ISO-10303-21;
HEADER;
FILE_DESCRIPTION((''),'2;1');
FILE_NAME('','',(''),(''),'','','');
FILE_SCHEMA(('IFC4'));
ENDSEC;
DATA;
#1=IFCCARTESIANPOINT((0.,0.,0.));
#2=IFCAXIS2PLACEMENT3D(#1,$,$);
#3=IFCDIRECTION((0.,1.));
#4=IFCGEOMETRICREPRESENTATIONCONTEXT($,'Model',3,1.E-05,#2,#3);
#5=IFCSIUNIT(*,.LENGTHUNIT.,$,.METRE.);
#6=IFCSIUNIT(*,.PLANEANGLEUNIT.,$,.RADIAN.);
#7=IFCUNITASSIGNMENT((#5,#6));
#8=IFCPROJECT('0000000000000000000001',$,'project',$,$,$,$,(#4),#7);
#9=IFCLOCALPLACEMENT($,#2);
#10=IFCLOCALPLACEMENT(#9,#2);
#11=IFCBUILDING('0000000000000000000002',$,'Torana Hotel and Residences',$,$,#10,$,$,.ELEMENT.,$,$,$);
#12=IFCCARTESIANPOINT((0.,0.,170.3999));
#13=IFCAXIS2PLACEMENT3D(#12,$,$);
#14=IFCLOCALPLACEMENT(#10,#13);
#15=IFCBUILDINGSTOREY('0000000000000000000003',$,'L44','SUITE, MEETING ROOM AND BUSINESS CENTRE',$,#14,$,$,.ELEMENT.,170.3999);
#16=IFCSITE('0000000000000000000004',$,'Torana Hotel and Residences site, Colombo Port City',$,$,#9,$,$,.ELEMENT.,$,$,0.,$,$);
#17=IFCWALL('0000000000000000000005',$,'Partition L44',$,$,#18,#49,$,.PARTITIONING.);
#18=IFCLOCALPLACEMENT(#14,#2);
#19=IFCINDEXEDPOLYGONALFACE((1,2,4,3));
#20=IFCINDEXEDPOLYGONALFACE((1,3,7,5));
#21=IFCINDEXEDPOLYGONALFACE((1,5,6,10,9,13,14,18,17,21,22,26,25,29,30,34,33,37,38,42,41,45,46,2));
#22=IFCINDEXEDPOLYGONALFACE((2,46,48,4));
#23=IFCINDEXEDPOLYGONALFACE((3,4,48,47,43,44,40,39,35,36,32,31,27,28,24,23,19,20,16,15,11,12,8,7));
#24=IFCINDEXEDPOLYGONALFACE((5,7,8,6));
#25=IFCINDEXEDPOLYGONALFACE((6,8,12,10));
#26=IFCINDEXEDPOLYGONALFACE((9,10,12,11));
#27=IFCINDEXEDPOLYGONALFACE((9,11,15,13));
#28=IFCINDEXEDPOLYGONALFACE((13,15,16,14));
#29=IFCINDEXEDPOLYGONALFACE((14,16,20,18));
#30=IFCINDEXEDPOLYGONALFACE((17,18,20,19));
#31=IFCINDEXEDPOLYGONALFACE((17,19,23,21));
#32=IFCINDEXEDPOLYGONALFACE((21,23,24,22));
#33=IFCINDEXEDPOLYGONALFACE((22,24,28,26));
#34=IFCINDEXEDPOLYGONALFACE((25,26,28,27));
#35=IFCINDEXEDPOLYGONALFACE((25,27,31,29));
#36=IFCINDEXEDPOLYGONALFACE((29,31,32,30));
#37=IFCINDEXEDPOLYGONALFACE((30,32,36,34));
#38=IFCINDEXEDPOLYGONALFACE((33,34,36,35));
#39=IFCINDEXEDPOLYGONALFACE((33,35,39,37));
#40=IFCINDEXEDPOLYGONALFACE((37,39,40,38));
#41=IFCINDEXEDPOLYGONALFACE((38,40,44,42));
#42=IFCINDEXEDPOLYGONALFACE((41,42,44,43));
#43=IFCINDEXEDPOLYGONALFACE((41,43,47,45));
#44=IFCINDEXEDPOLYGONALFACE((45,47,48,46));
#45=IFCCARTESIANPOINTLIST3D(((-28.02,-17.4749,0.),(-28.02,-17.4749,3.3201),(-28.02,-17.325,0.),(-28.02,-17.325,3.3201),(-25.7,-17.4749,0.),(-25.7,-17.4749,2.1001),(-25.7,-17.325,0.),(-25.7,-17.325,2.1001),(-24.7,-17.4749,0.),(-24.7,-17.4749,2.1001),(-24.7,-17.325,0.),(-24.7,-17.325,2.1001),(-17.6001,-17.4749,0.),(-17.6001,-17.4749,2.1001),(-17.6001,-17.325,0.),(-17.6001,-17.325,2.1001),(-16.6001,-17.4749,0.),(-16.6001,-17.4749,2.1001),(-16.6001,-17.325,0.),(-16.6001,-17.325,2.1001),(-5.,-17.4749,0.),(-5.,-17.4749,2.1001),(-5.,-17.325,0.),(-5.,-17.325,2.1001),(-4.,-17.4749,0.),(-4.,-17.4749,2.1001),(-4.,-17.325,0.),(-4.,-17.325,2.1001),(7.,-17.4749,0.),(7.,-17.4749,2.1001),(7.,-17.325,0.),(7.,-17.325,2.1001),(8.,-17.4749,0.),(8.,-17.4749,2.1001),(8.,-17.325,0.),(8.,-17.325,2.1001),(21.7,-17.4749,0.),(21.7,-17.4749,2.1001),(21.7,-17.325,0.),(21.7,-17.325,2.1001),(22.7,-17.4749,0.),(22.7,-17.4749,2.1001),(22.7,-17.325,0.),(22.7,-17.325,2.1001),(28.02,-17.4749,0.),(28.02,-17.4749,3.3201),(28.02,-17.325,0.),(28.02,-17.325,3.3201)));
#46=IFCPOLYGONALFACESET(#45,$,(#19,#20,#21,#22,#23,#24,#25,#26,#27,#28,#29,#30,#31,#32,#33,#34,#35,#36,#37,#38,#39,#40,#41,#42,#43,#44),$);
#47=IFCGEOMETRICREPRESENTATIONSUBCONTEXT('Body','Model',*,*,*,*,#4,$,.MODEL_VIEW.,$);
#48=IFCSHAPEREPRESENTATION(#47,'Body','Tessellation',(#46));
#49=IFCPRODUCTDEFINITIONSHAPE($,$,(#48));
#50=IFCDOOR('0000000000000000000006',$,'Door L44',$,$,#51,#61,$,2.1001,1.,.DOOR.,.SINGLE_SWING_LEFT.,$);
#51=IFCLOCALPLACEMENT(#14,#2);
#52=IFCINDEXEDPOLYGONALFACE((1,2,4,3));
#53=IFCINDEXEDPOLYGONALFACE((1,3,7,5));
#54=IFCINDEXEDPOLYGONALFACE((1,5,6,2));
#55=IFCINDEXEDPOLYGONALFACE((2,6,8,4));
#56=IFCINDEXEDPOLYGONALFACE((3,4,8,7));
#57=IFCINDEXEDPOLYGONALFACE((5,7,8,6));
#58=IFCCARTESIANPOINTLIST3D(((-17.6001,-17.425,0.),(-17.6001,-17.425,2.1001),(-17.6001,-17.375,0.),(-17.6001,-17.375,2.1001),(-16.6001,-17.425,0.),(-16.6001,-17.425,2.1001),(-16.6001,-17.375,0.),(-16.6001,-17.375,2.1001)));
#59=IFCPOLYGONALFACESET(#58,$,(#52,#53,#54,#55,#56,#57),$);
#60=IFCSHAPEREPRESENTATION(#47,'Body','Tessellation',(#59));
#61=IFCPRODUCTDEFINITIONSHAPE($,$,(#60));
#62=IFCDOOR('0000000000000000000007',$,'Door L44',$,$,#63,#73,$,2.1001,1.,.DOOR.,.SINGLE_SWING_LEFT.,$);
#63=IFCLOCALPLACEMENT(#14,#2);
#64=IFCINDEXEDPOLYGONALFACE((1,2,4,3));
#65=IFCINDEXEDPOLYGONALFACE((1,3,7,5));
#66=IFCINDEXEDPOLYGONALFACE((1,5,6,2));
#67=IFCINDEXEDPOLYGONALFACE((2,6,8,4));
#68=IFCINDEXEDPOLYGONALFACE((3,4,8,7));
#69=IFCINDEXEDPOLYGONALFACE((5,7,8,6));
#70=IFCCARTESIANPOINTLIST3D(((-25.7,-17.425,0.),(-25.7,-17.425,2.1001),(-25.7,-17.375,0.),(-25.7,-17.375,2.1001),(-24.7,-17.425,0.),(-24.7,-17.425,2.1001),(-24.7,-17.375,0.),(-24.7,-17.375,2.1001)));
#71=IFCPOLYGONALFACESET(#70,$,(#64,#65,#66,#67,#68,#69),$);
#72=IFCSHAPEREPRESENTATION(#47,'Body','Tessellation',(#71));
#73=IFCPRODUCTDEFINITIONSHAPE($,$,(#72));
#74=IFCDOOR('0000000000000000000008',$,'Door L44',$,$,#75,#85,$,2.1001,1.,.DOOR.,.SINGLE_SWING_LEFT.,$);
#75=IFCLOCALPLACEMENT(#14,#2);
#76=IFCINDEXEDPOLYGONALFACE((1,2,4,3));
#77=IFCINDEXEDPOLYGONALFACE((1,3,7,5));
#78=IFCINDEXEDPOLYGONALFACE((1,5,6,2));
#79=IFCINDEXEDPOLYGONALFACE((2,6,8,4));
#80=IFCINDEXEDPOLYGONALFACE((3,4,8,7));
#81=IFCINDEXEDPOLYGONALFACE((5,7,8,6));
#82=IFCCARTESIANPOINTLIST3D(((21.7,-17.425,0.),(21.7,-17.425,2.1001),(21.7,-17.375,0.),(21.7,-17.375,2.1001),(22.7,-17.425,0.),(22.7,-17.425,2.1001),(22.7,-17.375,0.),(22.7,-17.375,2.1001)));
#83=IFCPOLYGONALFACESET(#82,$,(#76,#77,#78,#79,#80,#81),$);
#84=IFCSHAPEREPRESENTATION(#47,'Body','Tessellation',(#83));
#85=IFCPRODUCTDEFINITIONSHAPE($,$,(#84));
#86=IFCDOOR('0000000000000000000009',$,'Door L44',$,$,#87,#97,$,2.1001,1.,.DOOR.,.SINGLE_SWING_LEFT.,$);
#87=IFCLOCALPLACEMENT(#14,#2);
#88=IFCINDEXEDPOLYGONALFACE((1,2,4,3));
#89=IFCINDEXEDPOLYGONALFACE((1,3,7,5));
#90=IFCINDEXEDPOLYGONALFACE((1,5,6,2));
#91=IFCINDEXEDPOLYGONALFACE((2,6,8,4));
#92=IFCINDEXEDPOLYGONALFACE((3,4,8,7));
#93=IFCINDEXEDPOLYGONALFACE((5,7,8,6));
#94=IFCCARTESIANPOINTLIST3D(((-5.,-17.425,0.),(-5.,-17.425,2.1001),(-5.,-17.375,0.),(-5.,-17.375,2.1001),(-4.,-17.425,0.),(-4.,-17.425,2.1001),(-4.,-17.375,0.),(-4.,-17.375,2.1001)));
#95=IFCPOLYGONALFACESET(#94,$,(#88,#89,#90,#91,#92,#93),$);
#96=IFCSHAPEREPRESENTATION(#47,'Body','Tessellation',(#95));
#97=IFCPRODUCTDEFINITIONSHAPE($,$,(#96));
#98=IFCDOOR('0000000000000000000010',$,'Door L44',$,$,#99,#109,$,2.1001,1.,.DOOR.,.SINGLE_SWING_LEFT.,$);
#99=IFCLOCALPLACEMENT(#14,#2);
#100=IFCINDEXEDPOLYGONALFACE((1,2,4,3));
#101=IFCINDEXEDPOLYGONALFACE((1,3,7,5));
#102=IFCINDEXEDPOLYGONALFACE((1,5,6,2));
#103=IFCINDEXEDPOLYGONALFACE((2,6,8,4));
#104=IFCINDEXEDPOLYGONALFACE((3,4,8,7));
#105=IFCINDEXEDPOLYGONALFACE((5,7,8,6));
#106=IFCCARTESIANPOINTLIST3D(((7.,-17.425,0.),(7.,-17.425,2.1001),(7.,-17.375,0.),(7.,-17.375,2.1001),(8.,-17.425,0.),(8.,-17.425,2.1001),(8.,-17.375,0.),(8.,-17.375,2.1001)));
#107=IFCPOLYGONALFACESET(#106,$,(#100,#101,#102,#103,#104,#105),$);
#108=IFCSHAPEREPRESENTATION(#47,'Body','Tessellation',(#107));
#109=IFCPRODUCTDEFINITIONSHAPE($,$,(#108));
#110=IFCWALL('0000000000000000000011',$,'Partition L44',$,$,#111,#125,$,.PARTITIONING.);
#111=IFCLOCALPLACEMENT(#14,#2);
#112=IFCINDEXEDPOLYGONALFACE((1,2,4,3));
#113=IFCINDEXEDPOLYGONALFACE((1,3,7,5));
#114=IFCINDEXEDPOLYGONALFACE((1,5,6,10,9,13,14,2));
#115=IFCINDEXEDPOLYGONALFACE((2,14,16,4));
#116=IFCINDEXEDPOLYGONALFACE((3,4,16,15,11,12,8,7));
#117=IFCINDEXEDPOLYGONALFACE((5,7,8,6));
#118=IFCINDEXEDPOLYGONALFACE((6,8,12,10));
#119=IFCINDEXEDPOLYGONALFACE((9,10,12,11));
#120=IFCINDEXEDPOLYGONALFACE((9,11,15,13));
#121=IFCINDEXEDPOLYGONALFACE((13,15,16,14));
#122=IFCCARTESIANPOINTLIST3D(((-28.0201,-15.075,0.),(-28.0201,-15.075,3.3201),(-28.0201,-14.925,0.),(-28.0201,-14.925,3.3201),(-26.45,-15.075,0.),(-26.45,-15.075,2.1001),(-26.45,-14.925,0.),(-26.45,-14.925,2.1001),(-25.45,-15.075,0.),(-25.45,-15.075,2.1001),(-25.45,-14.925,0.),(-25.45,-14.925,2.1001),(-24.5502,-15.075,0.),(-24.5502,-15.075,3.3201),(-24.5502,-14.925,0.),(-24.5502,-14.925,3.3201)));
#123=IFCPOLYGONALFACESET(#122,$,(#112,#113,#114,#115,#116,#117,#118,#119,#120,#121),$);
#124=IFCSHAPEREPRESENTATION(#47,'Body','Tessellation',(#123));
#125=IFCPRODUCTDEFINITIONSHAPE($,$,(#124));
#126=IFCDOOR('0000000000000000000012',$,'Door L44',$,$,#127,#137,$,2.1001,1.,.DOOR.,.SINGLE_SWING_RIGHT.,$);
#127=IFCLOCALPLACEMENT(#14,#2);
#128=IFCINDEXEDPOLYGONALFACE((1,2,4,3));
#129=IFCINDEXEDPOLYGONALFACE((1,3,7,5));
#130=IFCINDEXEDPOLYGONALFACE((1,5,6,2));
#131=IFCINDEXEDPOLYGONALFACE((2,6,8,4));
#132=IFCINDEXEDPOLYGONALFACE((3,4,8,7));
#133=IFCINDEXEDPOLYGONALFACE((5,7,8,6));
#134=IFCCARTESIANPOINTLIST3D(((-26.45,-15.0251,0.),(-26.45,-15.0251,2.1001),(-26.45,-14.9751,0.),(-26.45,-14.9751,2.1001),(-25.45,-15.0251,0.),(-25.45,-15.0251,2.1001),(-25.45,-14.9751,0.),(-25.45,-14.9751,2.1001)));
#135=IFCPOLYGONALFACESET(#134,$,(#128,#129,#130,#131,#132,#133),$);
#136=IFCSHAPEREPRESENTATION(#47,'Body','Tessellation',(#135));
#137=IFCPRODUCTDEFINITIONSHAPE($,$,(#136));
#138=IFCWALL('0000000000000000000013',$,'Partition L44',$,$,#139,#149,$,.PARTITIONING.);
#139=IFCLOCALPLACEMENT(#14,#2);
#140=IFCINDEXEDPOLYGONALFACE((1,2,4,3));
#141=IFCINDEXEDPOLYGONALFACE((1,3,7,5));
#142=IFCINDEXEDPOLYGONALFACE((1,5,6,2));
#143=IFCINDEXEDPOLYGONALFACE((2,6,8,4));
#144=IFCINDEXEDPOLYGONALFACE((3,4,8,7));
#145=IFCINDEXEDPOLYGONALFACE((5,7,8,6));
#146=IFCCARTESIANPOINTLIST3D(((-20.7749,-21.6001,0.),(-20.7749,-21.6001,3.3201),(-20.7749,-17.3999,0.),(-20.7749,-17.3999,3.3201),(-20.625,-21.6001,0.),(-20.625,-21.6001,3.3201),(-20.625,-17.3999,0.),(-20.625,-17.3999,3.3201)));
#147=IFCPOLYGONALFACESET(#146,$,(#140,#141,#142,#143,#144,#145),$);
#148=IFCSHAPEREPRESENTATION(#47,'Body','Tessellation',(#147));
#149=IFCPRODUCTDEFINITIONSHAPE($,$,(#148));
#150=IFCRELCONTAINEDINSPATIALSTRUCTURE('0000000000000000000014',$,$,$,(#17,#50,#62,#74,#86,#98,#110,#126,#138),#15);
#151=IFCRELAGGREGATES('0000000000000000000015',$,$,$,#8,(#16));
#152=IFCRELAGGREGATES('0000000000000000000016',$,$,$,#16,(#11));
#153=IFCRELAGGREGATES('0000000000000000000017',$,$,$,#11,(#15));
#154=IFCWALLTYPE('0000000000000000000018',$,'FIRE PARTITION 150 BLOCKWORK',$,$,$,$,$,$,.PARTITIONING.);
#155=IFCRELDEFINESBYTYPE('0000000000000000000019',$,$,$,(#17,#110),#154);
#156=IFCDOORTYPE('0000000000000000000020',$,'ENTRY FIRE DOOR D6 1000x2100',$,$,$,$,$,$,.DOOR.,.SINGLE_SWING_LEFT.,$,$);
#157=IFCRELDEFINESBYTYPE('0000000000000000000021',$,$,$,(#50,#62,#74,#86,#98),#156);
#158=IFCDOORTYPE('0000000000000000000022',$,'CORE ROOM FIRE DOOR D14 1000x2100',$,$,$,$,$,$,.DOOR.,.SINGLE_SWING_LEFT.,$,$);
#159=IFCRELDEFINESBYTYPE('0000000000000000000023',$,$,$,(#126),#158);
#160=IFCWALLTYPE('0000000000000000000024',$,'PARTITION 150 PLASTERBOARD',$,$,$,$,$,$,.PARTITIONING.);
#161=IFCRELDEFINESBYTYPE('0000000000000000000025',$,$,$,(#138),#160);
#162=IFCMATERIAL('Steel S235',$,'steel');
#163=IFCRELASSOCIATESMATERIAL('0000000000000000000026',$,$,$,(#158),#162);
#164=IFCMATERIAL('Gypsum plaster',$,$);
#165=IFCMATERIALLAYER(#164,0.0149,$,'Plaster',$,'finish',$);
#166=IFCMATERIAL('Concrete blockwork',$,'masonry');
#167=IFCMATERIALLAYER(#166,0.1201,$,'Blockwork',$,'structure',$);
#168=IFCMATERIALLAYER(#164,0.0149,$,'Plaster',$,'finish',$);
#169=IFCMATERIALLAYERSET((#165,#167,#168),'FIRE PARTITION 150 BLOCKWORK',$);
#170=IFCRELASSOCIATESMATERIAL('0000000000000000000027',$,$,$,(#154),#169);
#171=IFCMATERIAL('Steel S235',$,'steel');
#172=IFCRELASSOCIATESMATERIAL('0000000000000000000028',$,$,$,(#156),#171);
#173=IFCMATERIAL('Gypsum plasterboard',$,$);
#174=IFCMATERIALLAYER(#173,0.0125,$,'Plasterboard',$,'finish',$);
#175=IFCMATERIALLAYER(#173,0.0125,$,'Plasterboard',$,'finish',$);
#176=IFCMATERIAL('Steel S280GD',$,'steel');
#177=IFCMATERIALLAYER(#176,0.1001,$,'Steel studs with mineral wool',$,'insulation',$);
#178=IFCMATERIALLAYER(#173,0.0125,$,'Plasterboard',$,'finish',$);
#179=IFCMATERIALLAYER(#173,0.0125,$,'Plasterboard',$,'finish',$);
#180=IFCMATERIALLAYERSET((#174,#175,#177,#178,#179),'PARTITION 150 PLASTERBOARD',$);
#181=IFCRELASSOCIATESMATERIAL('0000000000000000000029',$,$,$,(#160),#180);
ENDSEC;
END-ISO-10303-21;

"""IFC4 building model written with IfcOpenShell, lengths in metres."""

from ifc_helpers import new_model, si_unit, direction, frame, frame_2d, origin, place, context, subcontext, project, spatial, rectangle, extrude, material, layer, layer_set, type_object, element, fill, save


model = new_model("IFC4")

# Units and contexts
model_context = context("Model", 3, precision=1e-05, world=origin(), true_north=direction((0.0, 1.0)))
body_context = subcontext(model_context, "Body", "Model", "MODEL_VIEW")
ifc_project = project(units=[si_unit("LENGTHUNIT", "METRE"), si_unit("PLANEANGLEUNIT", "RADIAN")], contexts=[model_context])

# Site, building, storey
site_placement = place(None, origin())
site = spatial("IfcSite", under=ifc_project, at=site_placement, Name="Torana Hotel and Residences site, Colombo Port City", CompositionType="ELEMENT", RefElevation=0.0)
building_placement = place(site_placement, origin())
building = spatial("IfcBuilding", under=site, at=building_placement, Name="Torana Hotel and Residences", CompositionType="ELEMENT")
storey_placement = place(building_placement, frame((0.0, 0.0, 170.3999)))
storey = spatial("IfcBuildingStorey", under=building, at=storey_placement, Name="L44", Description="SUITE, MEETING ROOM AND BUSINESS CENTRE", CompositionType="ELEMENT", Elevation=170.3999)

# Shared definitions
ifc_material_1 = material(Name="Steel S235", Category="steel")
door_type_1 = type_object("IfcDoorType", Name="CORE ROOM FIRE DOOR D14 1000x2100", OperationType="SINGLE_SWING_LEFT", PredefinedType="DOOR", material=ifc_material_1)

# Wall, openings, doors
ifc_material_2 = material(Name="Gypsum plaster")
ifc_layer_1 = layer(ifc_material_2, 0.0149, Name="Plaster", Category="finish")
ifc_material_3 = material(Name="Concrete blockwork", Category="masonry")
ifc_layer_2 = layer(ifc_material_3, 0.1201, Name="Blockwork", Category="structure")
ifc_layer_3 = layer(ifc_material_2, 0.0149, Name="Plaster", Category="finish")
ifc_layer_set_1 = layer_set([ifc_layer_1, ifc_layer_2, ifc_layer_3], Name="FIRE PARTITION 150 BLOCKWORK")
wall_type_1 = type_object("IfcWallType", Name="FIRE PARTITION 150 BLOCKWORK", PredefinedType="PARTITIONING", material=ifc_layer_set_1)
wall_1_placement = place(storey_placement, frame((-28.02, -17.3999, 0.0), z_axis=(0.0, 0.0, 1.0), x_axis=(1.0, 0.0, 0.0)))
wall_1 = element("IfcWall", 1, at=wall_1_placement, inside=storey, type_object=wall_type_1, Name="Partition L44", PredefinedType="PARTITIONING", context=body_context, shape_type="SweptSolid", body=[
    extrude(rectangle(XDim=56.04, YDim=0.1499, at=frame_2d((28.02, 0.0))), origin(), (0.0, 0.0, 1.0), 3.3201),
])
opening_1_placement = place(wall_1_placement, frame((10.4199, 0.0, 0.0)))
opening_1 = element("IfcOpeningElement", 2, at=opening_1_placement, cuts=wall_1, PredefinedType="OPENING", context=body_context, shape_type="SweptSolid", body=[
    extrude(rectangle(XDim=1.0, YDim=2.1001, at=frame_2d((0.5, 1.05))), frame((0.0, 0.085, 0.0), z_axis=(0.0, -1.0, 0.0), x_axis=(1.0, 0.0, 0.0)), (0.0, 0.0, 1.0), 0.1699),
])
opening_2_placement = place(wall_1_placement, frame((2.3201, 0.0, 0.0)))
opening_2 = element("IfcOpeningElement", 3, at=opening_2_placement, cuts=wall_1, PredefinedType="OPENING", context=body_context, shape_type="SweptSolid", body=[
    extrude(rectangle(XDim=1.0, YDim=2.1001, at=frame_2d((0.5, 1.05))), frame((0.0, 0.085, 0.0), z_axis=(0.0, -1.0, 0.0), x_axis=(1.0, 0.0, 0.0)), (0.0, 0.0, 1.0), 0.1699),
])
opening_3_placement = place(wall_1_placement, frame((49.72, 0.0, 0.0)))
opening_3 = element("IfcOpeningElement", 4, at=opening_3_placement, cuts=wall_1, PredefinedType="OPENING", context=body_context, shape_type="SweptSolid", body=[
    extrude(rectangle(XDim=1.0, YDim=2.1001, at=frame_2d((0.5, 1.05))), frame((0.0, 0.085, 0.0), z_axis=(0.0, -1.0, 0.0), x_axis=(1.0, 0.0, 0.0)), (0.0, 0.0, 1.0), 0.1699),
])
opening_4_placement = place(wall_1_placement, frame((23.02, 0.0, 0.0)))
opening_4 = element("IfcOpeningElement", 5, at=opening_4_placement, cuts=wall_1, PredefinedType="OPENING", context=body_context, shape_type="SweptSolid", body=[
    extrude(rectangle(XDim=1.0, YDim=2.1001, at=frame_2d((0.5, 1.05))), frame((0.0, 0.085, 0.0), z_axis=(0.0, -1.0, 0.0), x_axis=(1.0, 0.0, 0.0)), (0.0, 0.0, 1.0), 0.1699),
])
opening_5_placement = place(wall_1_placement, frame((35.02, 0.0, 0.0)))
opening_5 = element("IfcOpeningElement", 6, at=opening_5_placement, cuts=wall_1, PredefinedType="OPENING", context=body_context, shape_type="SweptSolid", body=[
    extrude(rectangle(XDim=1.0, YDim=2.1001, at=frame_2d((0.5, 1.05))), frame((0.0, 0.085, 0.0), z_axis=(0.0, -1.0, 0.0), x_axis=(1.0, 0.0, 0.0)), (0.0, 0.0, 1.0), 0.1699),
])
ifc_material_4 = material(Name="Steel S235", Category="steel")
door_type_2 = type_object("IfcDoorType", Name="ENTRY FIRE DOOR D6 1000x2100", OperationType="SINGLE_SWING_LEFT", PredefinedType="DOOR", material=ifc_material_4)
door_1_placement = place(opening_1_placement, frame((0.5, 0.0, 0.0), z_axis=(0.0, 0.0, 1.0), x_axis=(-1.0, 0.0, 0.0)))
door_1 = element("IfcDoor", 7, at=door_1_placement, inside=storey, type_object=door_type_2, Name="Door L44", OperationType="SINGLE_SWING_LEFT", OverallHeight=2.1001, OverallWidth=1.0, PredefinedType="DOOR", context=body_context, shape_type="SweptSolid", body=[
    extrude(rectangle(XDim=1.0, YDim=2.1001, at=frame_2d((0.0, 1.05))), frame((0.0, -0.0249, 0.0), z_axis=(0.0, 1.0, 0.0), x_axis=(-1.0, 0.0, 0.0)), (0.0, 0.0, 1.0), 0.05),
])
fill(opening_1, door_1)
door_2_placement = place(opening_2_placement, frame((0.5, 0.0, 0.0), z_axis=(0.0, 0.0, 1.0), x_axis=(-1.0, 0.0, 0.0)))
door_2 = element("IfcDoor", 8, at=door_2_placement, inside=storey, type_object=door_type_2, Name="Door L44", OperationType="SINGLE_SWING_LEFT", OverallHeight=2.1001, OverallWidth=1.0, PredefinedType="DOOR", context=body_context, shape_type="SweptSolid", body=[
    extrude(rectangle(XDim=1.0, YDim=2.1001, at=frame_2d((0.0, 1.05))), frame((0.0, -0.0249, 0.0), z_axis=(0.0, 1.0, 0.0), x_axis=(-1.0, 0.0, 0.0)), (0.0, 0.0, 1.0), 0.05),
])
fill(opening_2, door_2)
door_3_placement = place(opening_3_placement, frame((0.5, 0.0, 0.0), z_axis=(0.0, 0.0, 1.0), x_axis=(-1.0, 0.0, 0.0)))
door_3 = element("IfcDoor", 9, at=door_3_placement, inside=storey, type_object=door_type_2, Name="Door L44", OperationType="SINGLE_SWING_LEFT", OverallHeight=2.1001, OverallWidth=1.0, PredefinedType="DOOR", context=body_context, shape_type="SweptSolid", body=[
    extrude(rectangle(XDim=1.0, YDim=2.1001, at=frame_2d((0.0, 1.05))), frame((0.0, -0.0249, 0.0), z_axis=(0.0, 1.0, 0.0), x_axis=(-1.0, 0.0, 0.0)), (0.0, 0.0, 1.0), 0.05),
])
fill(opening_3, door_3)
door_4_placement = place(opening_4_placement, frame((0.5, 0.0, 0.0), z_axis=(0.0, 0.0, 1.0), x_axis=(-1.0, 0.0, 0.0)))
door_4 = element("IfcDoor", 10, at=door_4_placement, inside=storey, type_object=door_type_2, Name="Door L44", OperationType="SINGLE_SWING_LEFT", OverallHeight=2.1001, OverallWidth=1.0, PredefinedType="DOOR", context=body_context, shape_type="SweptSolid", body=[
    extrude(rectangle(XDim=1.0, YDim=2.1001, at=frame_2d((0.0, 1.05))), frame((0.0, -0.0249, 0.0), z_axis=(0.0, 1.0, 0.0), x_axis=(-1.0, 0.0, 0.0)), (0.0, 0.0, 1.0), 0.05),
])
fill(opening_4, door_4)
door_5_placement = place(opening_5_placement, frame((0.5, 0.0, 0.0), z_axis=(0.0, 0.0, 1.0), x_axis=(-1.0, 0.0, 0.0)))
door_5 = element("IfcDoor", 11, at=door_5_placement, inside=storey, type_object=door_type_2, Name="Door L44", OperationType="SINGLE_SWING_LEFT", OverallHeight=2.1001, OverallWidth=1.0, PredefinedType="DOOR", context=body_context, shape_type="SweptSolid", body=[
    extrude(rectangle(XDim=1.0, YDim=2.1001, at=frame_2d((0.0, 1.05))), frame((0.0, -0.0249, 0.0), z_axis=(0.0, 1.0, 0.0), x_axis=(-1.0, 0.0, 0.0)), (0.0, 0.0, 1.0), 0.05),
])
fill(opening_5, door_5)

# Wall, opening, door
wall_2_placement = place(storey_placement, frame((-28.02, -15.0, 0.0), z_axis=(0.0, 0.0, 1.0), x_axis=(1.0, 0.0, 0.0)))
wall_2 = element("IfcWall", 12, at=wall_2_placement, inside=storey, type_object=wall_type_1, Name="Partition L44", PredefinedType="PARTITIONING", context=body_context, shape_type="SweptSolid", body=[
    extrude(rectangle(XDim=3.47, YDim=0.1499, at=frame_2d((1.7349, 0.0))), origin(), (0.0, 0.0, 1.0), 3.3201),
])
opening_6_placement = place(wall_2_placement, frame((1.5701, 0.0, 0.0)))
opening_6 = element("IfcOpeningElement", 13, at=opening_6_placement, cuts=wall_2, PredefinedType="OPENING", context=body_context, shape_type="SweptSolid", body=[
    extrude(rectangle(XDim=1.0, YDim=2.1001, at=frame_2d((0.5, 1.05))), frame((0.0, 0.085, 0.0), z_axis=(0.0, -1.0, 0.0), x_axis=(1.0, 0.0, 0.0)), (0.0, 0.0, 1.0), 0.1699),
])
door_6_placement = place(opening_6_placement, origin())
door_6 = element("IfcDoor", 14, at=door_6_placement, inside=storey, type_object=door_type_1, Name="Door L44", OperationType="SINGLE_SWING_RIGHT", OverallHeight=2.1001, OverallWidth=1.0, PredefinedType="DOOR", context=body_context, shape_type="SweptSolid", body=[
    extrude(rectangle(XDim=1.0, YDim=2.1001, at=frame_2d((0.5, 1.05))), frame((0.0, 0.0249, 0.0), z_axis=(0.0, -1.0, 0.0), x_axis=(1.0, 0.0, 0.0)), (0.0, 0.0, 1.0), 0.05),
])
fill(opening_6, door_6)

# Wall
ifc_material_5 = material(Name="Gypsum plasterboard")
ifc_layer_4 = layer(ifc_material_5, 0.0125, Name="Plasterboard", Category="finish")
ifc_layer_5 = layer(ifc_material_5, 0.0125, Name="Plasterboard", Category="finish")
ifc_material_6 = material(Name="Steel S280GD", Category="steel")
ifc_layer_6 = layer(ifc_material_6, 0.1001, Name="Steel studs with mineral wool", Category="insulation")
ifc_layer_7 = layer(ifc_material_5, 0.0125, Name="Plasterboard", Category="finish")
ifc_layer_8 = layer(ifc_material_5, 0.0125, Name="Plasterboard", Category="finish")
ifc_layer_set_2 = layer_set([ifc_layer_4, ifc_layer_5, ifc_layer_6, ifc_layer_7, ifc_layer_8], Name="PARTITION 150 PLASTERBOARD")
wall_type_2 = type_object("IfcWallType", Name="PARTITION 150 PLASTERBOARD", PredefinedType="PARTITIONING", material=ifc_layer_set_2)
wall_3_placement = place(storey_placement, frame((-20.7, -21.6001, 0.0), z_axis=(0.0, 0.0, 1.0), x_axis=(0.0, 1.0, 0.0)))
element("IfcWall", 15, at=wall_3_placement, inside=storey, type_object=wall_type_2, Name="Partition L44", PredefinedType="PARTITIONING", context=body_context, shape_type="SweptSolid", body=[
    extrude(rectangle(XDim=4.2002, YDim=0.1499, at=frame_2d((2.1001, 0.0))), origin(), (0.0, 0.0, 1.0), 3.3201),
])

save(model, "model.ifc")
